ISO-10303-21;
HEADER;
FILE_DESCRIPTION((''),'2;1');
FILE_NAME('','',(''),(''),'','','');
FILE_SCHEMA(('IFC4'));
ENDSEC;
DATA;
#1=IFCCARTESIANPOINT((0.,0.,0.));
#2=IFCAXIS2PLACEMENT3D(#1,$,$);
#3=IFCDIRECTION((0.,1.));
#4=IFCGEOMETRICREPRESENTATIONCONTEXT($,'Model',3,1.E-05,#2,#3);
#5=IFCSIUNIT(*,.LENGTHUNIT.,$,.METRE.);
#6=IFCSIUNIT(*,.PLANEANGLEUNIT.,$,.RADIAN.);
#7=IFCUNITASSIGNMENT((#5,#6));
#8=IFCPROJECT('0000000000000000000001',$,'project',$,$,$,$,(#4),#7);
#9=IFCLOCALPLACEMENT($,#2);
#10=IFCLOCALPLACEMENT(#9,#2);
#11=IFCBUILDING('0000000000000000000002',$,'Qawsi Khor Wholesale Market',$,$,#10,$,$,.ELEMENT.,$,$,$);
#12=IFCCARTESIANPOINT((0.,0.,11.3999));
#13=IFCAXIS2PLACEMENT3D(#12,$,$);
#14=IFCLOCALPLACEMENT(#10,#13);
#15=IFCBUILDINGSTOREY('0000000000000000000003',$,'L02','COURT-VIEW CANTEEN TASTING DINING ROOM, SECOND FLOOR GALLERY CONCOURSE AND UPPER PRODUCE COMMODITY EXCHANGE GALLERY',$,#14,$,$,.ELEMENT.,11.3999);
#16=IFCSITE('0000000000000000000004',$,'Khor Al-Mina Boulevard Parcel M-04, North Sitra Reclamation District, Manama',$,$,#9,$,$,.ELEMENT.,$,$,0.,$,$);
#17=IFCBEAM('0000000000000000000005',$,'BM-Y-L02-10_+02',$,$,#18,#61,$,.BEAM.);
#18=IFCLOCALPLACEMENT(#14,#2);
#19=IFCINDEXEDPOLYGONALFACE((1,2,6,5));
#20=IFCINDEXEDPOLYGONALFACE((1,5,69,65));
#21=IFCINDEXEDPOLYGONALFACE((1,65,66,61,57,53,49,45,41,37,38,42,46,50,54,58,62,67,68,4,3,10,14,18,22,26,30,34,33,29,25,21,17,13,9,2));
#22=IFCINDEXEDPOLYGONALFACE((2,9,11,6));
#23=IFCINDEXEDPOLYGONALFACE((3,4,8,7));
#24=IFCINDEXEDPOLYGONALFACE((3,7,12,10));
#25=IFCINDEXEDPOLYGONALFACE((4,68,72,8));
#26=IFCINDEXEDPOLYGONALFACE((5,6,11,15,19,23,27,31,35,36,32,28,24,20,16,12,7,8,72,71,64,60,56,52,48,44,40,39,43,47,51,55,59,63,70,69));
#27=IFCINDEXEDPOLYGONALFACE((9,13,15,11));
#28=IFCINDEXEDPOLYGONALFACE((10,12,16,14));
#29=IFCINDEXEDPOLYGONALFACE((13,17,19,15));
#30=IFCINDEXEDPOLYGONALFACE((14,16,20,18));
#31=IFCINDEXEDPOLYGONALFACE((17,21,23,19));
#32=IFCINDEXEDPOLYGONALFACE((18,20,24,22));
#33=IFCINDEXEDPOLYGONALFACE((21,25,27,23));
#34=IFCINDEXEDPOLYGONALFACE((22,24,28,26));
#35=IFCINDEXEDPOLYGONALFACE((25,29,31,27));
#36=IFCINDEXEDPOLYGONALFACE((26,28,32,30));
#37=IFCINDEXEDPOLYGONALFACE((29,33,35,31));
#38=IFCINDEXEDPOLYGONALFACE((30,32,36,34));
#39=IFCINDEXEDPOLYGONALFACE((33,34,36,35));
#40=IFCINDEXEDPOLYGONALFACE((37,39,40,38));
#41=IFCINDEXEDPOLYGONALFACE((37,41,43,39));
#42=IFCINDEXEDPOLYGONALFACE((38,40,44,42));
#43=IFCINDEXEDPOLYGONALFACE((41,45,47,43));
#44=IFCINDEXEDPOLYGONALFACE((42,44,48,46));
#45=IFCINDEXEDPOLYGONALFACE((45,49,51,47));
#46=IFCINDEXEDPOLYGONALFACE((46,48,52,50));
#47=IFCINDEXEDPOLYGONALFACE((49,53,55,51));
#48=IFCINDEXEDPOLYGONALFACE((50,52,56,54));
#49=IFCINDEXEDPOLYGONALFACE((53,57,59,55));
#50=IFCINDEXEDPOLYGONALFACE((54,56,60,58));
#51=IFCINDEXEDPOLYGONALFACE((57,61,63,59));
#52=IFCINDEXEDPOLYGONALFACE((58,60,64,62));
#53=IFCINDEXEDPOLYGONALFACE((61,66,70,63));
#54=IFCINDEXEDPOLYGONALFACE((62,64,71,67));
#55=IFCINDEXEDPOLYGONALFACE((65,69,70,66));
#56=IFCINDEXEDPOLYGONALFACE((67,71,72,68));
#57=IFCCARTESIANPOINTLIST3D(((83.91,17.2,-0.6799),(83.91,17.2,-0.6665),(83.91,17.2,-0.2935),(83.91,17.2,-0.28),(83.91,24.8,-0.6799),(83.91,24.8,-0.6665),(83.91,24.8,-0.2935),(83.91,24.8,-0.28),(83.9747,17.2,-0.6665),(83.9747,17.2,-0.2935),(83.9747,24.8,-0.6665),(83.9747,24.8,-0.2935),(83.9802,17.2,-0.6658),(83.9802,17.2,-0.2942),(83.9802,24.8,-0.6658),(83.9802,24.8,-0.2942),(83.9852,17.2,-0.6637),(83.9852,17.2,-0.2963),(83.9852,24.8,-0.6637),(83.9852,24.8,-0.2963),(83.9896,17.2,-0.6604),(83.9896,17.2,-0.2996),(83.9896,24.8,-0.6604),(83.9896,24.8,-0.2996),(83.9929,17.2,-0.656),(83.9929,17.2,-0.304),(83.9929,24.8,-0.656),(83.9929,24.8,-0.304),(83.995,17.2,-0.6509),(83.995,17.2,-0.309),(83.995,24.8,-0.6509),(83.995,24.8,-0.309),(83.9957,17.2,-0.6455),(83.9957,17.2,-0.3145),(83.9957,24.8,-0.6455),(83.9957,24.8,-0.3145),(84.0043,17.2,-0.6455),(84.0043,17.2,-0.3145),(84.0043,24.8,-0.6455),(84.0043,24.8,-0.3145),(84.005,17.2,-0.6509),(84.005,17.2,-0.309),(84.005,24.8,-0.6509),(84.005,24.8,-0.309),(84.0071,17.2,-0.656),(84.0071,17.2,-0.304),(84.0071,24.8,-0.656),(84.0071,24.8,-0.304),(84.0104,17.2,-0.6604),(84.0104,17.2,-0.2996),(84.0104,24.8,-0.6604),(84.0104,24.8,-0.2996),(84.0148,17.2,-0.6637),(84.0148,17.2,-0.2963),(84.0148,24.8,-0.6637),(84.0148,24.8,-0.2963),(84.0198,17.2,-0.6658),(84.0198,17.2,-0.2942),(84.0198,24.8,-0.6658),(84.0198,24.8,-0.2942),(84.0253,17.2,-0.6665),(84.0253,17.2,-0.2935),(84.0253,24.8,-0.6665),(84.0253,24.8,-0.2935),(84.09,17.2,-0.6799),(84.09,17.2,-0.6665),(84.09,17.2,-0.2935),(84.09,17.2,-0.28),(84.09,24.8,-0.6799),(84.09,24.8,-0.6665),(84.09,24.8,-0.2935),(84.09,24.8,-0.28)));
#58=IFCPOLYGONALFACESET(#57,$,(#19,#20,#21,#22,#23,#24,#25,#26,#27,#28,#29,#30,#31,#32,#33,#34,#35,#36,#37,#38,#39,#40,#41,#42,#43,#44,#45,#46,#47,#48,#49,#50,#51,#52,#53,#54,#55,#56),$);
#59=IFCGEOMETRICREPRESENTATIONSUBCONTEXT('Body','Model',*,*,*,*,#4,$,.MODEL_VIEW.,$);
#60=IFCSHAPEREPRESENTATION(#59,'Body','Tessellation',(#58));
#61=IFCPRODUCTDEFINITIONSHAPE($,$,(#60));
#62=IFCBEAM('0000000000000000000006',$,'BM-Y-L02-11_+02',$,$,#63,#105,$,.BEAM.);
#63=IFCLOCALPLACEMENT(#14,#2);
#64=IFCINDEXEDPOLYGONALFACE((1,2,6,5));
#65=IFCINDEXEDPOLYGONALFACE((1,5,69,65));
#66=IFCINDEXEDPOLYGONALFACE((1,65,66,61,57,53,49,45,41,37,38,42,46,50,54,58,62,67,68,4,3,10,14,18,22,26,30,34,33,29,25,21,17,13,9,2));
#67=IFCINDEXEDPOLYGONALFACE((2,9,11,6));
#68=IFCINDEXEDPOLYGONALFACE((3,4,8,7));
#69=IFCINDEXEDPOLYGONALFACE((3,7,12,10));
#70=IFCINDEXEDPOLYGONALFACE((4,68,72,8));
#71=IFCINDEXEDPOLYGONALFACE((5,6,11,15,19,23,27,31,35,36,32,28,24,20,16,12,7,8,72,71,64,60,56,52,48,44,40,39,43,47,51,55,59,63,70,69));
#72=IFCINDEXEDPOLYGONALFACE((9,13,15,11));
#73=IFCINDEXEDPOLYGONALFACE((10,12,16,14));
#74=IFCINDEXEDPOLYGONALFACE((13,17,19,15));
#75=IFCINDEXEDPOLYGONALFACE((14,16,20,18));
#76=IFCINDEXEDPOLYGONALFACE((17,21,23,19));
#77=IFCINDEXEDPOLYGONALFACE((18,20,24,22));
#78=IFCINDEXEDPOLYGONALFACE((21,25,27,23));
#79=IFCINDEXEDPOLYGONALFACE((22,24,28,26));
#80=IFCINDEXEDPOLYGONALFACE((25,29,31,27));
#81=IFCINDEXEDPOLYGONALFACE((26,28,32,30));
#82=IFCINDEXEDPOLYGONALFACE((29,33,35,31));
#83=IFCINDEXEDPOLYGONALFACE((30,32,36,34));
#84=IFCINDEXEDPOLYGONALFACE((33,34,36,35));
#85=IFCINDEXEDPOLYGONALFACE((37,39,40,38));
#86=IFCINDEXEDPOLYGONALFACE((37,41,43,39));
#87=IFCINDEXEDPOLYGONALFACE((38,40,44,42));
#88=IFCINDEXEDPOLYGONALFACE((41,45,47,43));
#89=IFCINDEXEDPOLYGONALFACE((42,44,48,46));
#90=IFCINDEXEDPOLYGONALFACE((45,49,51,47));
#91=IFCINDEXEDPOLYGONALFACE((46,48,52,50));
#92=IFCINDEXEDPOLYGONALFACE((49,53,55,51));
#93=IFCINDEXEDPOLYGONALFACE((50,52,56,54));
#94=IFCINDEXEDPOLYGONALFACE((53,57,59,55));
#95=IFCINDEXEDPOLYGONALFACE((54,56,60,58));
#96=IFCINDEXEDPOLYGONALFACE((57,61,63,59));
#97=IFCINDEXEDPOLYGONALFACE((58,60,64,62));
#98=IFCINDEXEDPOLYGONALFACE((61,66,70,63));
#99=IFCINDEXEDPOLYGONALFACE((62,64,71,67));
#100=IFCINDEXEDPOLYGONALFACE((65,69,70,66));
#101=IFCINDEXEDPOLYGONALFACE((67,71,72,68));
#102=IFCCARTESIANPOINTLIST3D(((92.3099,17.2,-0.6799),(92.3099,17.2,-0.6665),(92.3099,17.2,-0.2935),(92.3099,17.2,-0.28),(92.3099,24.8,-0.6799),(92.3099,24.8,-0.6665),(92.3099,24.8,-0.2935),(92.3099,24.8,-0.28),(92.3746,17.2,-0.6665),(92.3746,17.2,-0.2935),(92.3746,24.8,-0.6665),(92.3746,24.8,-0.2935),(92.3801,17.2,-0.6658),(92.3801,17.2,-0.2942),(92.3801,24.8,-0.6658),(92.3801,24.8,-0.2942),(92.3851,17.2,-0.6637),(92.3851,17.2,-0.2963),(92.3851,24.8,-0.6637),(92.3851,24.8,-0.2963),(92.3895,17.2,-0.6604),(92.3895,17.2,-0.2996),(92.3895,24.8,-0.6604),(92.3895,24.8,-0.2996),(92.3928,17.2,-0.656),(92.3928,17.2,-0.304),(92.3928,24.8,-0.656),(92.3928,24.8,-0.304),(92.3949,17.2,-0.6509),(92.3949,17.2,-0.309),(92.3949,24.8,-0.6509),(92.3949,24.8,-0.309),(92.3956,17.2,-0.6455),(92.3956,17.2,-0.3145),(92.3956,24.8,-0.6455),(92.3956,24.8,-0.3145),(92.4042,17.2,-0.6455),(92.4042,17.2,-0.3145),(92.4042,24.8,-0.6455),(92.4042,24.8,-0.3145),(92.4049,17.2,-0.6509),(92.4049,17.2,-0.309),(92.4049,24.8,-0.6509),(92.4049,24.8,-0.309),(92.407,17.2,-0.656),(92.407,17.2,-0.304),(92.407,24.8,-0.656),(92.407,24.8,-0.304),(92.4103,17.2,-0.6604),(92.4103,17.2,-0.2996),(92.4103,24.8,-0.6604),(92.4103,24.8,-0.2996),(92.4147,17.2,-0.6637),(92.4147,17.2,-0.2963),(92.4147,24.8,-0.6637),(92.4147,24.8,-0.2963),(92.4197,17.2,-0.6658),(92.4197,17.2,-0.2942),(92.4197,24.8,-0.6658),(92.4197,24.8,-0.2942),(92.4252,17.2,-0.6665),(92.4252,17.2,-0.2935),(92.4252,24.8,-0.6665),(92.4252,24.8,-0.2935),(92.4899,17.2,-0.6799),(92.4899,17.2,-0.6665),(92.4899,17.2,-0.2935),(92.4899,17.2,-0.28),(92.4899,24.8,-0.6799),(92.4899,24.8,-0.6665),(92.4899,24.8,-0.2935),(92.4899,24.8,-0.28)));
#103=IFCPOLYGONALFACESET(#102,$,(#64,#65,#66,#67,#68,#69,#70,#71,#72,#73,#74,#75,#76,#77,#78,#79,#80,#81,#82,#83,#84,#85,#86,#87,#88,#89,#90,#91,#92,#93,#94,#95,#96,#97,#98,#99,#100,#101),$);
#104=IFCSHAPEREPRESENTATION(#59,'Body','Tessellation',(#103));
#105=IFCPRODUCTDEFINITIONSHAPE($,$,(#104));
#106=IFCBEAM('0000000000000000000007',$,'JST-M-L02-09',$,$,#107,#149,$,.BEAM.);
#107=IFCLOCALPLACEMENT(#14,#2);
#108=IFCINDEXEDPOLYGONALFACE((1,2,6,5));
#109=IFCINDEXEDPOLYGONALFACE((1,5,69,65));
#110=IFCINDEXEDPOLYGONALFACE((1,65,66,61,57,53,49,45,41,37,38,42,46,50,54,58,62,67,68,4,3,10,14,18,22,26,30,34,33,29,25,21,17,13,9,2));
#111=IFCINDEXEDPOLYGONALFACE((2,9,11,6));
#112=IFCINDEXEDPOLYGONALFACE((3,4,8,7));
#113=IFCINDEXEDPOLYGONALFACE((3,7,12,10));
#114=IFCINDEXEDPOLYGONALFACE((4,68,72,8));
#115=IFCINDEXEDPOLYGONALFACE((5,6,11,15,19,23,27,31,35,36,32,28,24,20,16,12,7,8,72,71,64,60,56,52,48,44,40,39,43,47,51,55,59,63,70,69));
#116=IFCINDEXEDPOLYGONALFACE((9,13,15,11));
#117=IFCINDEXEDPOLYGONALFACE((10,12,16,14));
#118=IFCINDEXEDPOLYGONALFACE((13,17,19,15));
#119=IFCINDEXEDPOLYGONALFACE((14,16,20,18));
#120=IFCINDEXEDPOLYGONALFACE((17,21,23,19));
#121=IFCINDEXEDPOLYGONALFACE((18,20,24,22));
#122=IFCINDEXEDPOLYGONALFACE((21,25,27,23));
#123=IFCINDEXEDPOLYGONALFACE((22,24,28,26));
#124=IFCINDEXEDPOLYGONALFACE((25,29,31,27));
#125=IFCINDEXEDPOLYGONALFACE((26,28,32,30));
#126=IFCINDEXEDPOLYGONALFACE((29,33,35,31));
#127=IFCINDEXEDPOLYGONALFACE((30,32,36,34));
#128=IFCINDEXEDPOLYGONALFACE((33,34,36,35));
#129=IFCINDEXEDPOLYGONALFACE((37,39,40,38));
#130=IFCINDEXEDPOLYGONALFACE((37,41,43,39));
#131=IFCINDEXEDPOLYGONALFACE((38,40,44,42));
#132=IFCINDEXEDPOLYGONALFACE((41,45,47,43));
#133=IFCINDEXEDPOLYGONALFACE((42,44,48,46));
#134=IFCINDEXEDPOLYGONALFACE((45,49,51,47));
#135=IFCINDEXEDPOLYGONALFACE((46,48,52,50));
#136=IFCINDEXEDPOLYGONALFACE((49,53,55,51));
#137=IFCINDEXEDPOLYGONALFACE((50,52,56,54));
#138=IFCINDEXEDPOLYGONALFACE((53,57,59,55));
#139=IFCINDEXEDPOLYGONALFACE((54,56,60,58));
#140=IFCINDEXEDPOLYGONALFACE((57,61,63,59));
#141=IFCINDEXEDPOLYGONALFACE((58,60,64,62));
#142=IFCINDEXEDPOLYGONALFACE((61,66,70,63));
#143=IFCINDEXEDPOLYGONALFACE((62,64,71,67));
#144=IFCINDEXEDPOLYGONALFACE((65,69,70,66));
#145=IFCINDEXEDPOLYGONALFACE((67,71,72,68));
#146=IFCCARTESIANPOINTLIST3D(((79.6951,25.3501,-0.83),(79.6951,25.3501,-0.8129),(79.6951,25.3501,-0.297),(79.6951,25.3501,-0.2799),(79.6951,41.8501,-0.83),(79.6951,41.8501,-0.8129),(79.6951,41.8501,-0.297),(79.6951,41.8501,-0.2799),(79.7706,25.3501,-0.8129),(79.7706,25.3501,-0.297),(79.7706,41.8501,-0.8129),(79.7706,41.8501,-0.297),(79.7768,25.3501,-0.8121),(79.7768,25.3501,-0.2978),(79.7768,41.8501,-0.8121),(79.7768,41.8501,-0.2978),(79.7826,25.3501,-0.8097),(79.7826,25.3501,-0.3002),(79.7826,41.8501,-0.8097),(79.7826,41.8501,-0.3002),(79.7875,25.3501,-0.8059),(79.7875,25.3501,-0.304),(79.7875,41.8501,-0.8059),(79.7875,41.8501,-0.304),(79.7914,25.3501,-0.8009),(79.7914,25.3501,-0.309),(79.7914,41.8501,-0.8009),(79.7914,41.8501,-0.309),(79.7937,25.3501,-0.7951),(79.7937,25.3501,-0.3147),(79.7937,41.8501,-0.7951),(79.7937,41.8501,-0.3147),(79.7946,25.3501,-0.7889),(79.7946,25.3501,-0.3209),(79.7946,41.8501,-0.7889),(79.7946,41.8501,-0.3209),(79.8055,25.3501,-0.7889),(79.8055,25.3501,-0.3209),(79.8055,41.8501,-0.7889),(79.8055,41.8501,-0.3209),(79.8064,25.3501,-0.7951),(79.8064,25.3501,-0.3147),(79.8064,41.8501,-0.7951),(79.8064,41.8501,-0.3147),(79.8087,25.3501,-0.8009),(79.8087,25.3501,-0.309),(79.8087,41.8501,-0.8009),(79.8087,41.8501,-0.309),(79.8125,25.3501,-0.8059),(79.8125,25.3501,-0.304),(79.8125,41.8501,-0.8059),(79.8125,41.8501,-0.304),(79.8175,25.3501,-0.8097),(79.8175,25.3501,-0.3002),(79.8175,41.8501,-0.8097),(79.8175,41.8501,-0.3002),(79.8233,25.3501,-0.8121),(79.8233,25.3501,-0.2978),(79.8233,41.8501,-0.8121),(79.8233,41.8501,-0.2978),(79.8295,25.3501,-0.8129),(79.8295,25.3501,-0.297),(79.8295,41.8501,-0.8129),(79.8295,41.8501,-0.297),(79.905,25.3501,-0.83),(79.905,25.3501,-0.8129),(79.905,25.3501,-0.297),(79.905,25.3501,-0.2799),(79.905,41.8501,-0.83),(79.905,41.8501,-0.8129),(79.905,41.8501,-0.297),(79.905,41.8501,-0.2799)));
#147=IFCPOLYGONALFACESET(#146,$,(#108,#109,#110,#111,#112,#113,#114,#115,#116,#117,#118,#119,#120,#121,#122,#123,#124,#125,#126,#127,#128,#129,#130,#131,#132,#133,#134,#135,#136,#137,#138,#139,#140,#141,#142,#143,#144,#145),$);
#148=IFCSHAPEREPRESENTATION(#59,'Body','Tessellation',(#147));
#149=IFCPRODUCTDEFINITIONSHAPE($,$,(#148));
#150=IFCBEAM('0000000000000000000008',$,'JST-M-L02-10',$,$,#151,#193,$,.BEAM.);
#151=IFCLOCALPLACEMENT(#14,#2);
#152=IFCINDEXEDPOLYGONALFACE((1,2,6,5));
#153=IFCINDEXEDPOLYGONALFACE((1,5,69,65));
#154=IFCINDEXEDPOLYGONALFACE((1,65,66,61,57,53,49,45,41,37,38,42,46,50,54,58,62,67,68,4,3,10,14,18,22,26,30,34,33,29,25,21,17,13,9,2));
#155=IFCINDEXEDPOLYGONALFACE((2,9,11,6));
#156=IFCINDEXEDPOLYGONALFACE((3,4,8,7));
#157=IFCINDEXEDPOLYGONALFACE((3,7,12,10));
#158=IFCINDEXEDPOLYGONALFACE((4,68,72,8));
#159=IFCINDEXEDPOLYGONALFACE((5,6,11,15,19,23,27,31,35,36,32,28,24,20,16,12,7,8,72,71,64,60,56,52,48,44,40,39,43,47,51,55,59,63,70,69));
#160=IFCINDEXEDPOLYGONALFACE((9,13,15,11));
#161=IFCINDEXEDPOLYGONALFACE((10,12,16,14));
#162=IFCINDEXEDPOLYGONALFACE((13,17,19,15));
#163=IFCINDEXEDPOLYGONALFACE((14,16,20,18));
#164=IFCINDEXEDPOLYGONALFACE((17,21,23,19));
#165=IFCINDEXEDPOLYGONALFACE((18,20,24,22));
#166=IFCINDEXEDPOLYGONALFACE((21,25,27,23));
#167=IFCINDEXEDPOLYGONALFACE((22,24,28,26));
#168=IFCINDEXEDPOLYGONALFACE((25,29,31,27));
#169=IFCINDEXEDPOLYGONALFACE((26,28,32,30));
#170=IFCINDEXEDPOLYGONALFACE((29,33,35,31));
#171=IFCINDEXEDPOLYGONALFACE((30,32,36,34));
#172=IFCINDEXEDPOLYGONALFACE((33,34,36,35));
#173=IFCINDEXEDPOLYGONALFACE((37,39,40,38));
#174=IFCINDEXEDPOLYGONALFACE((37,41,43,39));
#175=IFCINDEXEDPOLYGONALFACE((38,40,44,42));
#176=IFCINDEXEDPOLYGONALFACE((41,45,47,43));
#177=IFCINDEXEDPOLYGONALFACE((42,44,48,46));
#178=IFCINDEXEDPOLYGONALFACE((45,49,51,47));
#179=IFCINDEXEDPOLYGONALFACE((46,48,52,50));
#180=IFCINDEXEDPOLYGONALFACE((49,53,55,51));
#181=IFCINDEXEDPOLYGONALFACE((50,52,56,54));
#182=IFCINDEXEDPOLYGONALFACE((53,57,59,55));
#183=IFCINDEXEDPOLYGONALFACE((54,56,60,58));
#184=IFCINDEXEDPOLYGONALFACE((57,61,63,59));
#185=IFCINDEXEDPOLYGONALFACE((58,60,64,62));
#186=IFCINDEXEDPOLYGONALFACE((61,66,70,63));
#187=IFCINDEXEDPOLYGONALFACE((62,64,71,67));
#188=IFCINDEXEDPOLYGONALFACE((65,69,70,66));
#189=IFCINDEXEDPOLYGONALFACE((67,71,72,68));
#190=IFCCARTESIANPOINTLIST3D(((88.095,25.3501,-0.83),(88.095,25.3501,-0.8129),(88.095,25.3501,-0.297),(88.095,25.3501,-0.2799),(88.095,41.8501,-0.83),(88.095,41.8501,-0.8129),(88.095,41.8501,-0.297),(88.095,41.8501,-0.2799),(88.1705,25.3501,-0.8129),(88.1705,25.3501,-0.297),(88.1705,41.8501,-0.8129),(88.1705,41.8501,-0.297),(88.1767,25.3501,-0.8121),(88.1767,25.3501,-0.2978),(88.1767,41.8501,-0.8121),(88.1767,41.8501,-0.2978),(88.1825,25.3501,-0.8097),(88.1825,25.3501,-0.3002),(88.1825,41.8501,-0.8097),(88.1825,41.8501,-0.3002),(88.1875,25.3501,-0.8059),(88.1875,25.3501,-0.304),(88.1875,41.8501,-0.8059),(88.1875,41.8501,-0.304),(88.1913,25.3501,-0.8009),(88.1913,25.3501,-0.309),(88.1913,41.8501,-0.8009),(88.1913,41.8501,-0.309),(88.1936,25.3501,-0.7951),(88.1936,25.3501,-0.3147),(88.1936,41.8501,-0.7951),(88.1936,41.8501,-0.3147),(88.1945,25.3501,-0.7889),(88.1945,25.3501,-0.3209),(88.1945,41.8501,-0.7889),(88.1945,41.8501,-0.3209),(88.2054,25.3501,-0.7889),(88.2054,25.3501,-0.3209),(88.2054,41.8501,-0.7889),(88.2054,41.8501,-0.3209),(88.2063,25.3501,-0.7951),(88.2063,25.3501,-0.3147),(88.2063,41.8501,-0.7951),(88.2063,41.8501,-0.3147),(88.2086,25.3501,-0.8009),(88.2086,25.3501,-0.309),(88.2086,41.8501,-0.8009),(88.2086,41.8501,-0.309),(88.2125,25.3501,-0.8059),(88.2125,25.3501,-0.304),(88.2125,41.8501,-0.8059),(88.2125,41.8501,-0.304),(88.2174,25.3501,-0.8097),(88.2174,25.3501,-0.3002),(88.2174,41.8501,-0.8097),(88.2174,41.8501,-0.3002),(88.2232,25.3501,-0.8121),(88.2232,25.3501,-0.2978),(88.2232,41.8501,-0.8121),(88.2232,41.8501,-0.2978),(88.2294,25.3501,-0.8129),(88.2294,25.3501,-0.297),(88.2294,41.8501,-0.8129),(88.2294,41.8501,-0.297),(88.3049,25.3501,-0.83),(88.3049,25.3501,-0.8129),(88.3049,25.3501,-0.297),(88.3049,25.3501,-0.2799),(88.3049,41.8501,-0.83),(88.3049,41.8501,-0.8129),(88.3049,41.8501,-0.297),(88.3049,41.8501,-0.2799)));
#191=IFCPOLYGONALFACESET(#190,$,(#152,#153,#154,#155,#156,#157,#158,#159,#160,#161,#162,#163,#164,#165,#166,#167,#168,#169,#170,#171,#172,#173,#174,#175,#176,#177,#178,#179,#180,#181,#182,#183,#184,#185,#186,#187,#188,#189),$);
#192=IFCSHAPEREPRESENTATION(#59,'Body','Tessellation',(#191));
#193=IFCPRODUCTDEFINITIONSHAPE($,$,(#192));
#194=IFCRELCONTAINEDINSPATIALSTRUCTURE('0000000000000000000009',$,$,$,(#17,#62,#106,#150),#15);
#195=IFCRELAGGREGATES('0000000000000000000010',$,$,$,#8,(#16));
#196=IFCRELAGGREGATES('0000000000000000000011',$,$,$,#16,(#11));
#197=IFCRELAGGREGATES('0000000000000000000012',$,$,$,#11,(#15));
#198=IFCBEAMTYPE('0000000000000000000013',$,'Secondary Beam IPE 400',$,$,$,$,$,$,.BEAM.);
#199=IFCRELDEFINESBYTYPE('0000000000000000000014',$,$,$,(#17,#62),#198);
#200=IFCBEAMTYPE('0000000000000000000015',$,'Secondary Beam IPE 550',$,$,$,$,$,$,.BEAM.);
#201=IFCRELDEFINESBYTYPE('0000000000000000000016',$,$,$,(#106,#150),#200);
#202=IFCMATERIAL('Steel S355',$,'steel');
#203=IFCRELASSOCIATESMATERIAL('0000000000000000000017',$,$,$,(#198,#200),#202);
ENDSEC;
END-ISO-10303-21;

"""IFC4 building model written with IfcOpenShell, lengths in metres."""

from ifc_helpers import new_model, si_unit, direction, frame, origin, origin_2d, place, context, subcontext, project, spatial, i_section, extrude, material, material_profile, profile_set, type_object, element, save


model = new_model("IFC4")

# Units and contexts
model_context = context("Model", 3, precision=1e-05, world=origin(), true_north=direction((0.0, 1.0)))
body_context = subcontext(model_context, "Body", "Model", "MODEL_VIEW")
ifc_project = project(units=[si_unit("LENGTHUNIT", "METRE"), si_unit("PLANEANGLEUNIT", "RADIAN")], contexts=[model_context])

# Site, building, storey
site_placement = place(None, origin())
site = spatial("IfcSite", under=ifc_project, at=site_placement, Name="Khor Al-Mina Boulevard Parcel M-04, North Sitra Reclamation District, Manama", CompositionType="ELEMENT", RefElevation=0.0)
building_placement = place(site_placement, origin())
building = spatial("IfcBuilding", under=site, at=building_placement, Name="Qawsi Khor Wholesale Market", CompositionType="ELEMENT")
storey_placement = place(building_placement, frame((0.0, 0.0, 11.3999)))
storey = spatial("IfcBuildingStorey", under=building, at=storey_placement, Name="L02", Description="COURT-VIEW CANTEEN TASTING DINING ROOM, SECOND FLOOR GALLERY CONCOURSE AND UPPER PRODUCE COMMODITY EXCHANGE GALLERY", CompositionType="ELEMENT", Elevation=11.3999)

# Beams
ifc_material_1 = material(Name="Steel S355", Category="steel")
ifc_material_profile_1 = material_profile(ifc_material_1, i_section(OverallWidth=0.1799, OverallDepth=0.3999, WebThickness=0.0085, FlangeThickness=0.0134, FilletRadius=0.021, at=origin_2d()), Name="IPE 400")
ifc_profile_set_1 = profile_set([ifc_material_profile_1], Name="Steel S355")
beam_type_1 = type_object("IfcBeamType", Name="Secondary Beam IPE 400", PredefinedType="BEAM", material=ifc_profile_set_1)
for number, where, z_axis, x_axis, name in (
    (1, (84.0, 17.2, -0.48), (0.0, 1.0, 0.0), (-1.0, 0.0, 0.0), "BM-Y-L02-10_+02"),
    (2, (92.3999, 17.2, -0.48), (0.0, 1.0, 0.0), (-1.0, 0.0, 0.0), "BM-Y-L02-11_+02"),
):
    element("IfcBeam", number, at=place(storey_placement, frame(where, z_axis=z_axis, x_axis=x_axis)), inside=storey, type_object=beam_type_1, Name=name, PredefinedType="BEAM", context=body_context, shape_type="SweptSolid", body=[
        extrude(i_section(OverallWidth=0.1799, OverallDepth=0.3999, WebThickness=0.0085, FlangeThickness=0.0134, FilletRadius=0.021, at=origin_2d()), origin(), (0.0, 0.0, 1.0), 7.6001),
    ])
ifc_material_profile_2 = material_profile(ifc_material_1, i_section(OverallWidth=0.21, OverallDepth=0.55, WebThickness=0.011, FlangeThickness=0.0171, FilletRadius=0.0239, at=origin_2d()), Name="IPE 550")
ifc_profile_set_2 = profile_set([ifc_material_profile_2], Name="Steel S355")
beam_type_2 = type_object("IfcBeamType", Name="Secondary Beam IPE 550", PredefinedType="BEAM", material=ifc_profile_set_2)
for number, where, z_axis, x_axis, name in (
    (3, (79.8, 25.3501, -0.5549), (0.0, 1.0, 0.0), (-1.0, 0.0, 0.0), "JST-M-L02-09"),
    (4, (88.2, 25.3501, -0.5549), (0.0, 1.0, 0.0), (-1.0, 0.0, 0.0), "JST-M-L02-10"),
):
    element("IfcBeam", number, at=place(storey_placement, frame(where, z_axis=z_axis, x_axis=x_axis)), inside=storey, type_object=beam_type_2, Name=name, PredefinedType="BEAM", context=body_context, shape_type="SweptSolid", body=[
        extrude(i_section(OverallWidth=0.21, OverallDepth=0.55, WebThickness=0.011, FlangeThickness=0.0171, FilletRadius=0.0239, at=origin_2d()), origin(), (0.0, 0.0, 1.0), 16.5),
    ])

save(model, "model.ifc")
